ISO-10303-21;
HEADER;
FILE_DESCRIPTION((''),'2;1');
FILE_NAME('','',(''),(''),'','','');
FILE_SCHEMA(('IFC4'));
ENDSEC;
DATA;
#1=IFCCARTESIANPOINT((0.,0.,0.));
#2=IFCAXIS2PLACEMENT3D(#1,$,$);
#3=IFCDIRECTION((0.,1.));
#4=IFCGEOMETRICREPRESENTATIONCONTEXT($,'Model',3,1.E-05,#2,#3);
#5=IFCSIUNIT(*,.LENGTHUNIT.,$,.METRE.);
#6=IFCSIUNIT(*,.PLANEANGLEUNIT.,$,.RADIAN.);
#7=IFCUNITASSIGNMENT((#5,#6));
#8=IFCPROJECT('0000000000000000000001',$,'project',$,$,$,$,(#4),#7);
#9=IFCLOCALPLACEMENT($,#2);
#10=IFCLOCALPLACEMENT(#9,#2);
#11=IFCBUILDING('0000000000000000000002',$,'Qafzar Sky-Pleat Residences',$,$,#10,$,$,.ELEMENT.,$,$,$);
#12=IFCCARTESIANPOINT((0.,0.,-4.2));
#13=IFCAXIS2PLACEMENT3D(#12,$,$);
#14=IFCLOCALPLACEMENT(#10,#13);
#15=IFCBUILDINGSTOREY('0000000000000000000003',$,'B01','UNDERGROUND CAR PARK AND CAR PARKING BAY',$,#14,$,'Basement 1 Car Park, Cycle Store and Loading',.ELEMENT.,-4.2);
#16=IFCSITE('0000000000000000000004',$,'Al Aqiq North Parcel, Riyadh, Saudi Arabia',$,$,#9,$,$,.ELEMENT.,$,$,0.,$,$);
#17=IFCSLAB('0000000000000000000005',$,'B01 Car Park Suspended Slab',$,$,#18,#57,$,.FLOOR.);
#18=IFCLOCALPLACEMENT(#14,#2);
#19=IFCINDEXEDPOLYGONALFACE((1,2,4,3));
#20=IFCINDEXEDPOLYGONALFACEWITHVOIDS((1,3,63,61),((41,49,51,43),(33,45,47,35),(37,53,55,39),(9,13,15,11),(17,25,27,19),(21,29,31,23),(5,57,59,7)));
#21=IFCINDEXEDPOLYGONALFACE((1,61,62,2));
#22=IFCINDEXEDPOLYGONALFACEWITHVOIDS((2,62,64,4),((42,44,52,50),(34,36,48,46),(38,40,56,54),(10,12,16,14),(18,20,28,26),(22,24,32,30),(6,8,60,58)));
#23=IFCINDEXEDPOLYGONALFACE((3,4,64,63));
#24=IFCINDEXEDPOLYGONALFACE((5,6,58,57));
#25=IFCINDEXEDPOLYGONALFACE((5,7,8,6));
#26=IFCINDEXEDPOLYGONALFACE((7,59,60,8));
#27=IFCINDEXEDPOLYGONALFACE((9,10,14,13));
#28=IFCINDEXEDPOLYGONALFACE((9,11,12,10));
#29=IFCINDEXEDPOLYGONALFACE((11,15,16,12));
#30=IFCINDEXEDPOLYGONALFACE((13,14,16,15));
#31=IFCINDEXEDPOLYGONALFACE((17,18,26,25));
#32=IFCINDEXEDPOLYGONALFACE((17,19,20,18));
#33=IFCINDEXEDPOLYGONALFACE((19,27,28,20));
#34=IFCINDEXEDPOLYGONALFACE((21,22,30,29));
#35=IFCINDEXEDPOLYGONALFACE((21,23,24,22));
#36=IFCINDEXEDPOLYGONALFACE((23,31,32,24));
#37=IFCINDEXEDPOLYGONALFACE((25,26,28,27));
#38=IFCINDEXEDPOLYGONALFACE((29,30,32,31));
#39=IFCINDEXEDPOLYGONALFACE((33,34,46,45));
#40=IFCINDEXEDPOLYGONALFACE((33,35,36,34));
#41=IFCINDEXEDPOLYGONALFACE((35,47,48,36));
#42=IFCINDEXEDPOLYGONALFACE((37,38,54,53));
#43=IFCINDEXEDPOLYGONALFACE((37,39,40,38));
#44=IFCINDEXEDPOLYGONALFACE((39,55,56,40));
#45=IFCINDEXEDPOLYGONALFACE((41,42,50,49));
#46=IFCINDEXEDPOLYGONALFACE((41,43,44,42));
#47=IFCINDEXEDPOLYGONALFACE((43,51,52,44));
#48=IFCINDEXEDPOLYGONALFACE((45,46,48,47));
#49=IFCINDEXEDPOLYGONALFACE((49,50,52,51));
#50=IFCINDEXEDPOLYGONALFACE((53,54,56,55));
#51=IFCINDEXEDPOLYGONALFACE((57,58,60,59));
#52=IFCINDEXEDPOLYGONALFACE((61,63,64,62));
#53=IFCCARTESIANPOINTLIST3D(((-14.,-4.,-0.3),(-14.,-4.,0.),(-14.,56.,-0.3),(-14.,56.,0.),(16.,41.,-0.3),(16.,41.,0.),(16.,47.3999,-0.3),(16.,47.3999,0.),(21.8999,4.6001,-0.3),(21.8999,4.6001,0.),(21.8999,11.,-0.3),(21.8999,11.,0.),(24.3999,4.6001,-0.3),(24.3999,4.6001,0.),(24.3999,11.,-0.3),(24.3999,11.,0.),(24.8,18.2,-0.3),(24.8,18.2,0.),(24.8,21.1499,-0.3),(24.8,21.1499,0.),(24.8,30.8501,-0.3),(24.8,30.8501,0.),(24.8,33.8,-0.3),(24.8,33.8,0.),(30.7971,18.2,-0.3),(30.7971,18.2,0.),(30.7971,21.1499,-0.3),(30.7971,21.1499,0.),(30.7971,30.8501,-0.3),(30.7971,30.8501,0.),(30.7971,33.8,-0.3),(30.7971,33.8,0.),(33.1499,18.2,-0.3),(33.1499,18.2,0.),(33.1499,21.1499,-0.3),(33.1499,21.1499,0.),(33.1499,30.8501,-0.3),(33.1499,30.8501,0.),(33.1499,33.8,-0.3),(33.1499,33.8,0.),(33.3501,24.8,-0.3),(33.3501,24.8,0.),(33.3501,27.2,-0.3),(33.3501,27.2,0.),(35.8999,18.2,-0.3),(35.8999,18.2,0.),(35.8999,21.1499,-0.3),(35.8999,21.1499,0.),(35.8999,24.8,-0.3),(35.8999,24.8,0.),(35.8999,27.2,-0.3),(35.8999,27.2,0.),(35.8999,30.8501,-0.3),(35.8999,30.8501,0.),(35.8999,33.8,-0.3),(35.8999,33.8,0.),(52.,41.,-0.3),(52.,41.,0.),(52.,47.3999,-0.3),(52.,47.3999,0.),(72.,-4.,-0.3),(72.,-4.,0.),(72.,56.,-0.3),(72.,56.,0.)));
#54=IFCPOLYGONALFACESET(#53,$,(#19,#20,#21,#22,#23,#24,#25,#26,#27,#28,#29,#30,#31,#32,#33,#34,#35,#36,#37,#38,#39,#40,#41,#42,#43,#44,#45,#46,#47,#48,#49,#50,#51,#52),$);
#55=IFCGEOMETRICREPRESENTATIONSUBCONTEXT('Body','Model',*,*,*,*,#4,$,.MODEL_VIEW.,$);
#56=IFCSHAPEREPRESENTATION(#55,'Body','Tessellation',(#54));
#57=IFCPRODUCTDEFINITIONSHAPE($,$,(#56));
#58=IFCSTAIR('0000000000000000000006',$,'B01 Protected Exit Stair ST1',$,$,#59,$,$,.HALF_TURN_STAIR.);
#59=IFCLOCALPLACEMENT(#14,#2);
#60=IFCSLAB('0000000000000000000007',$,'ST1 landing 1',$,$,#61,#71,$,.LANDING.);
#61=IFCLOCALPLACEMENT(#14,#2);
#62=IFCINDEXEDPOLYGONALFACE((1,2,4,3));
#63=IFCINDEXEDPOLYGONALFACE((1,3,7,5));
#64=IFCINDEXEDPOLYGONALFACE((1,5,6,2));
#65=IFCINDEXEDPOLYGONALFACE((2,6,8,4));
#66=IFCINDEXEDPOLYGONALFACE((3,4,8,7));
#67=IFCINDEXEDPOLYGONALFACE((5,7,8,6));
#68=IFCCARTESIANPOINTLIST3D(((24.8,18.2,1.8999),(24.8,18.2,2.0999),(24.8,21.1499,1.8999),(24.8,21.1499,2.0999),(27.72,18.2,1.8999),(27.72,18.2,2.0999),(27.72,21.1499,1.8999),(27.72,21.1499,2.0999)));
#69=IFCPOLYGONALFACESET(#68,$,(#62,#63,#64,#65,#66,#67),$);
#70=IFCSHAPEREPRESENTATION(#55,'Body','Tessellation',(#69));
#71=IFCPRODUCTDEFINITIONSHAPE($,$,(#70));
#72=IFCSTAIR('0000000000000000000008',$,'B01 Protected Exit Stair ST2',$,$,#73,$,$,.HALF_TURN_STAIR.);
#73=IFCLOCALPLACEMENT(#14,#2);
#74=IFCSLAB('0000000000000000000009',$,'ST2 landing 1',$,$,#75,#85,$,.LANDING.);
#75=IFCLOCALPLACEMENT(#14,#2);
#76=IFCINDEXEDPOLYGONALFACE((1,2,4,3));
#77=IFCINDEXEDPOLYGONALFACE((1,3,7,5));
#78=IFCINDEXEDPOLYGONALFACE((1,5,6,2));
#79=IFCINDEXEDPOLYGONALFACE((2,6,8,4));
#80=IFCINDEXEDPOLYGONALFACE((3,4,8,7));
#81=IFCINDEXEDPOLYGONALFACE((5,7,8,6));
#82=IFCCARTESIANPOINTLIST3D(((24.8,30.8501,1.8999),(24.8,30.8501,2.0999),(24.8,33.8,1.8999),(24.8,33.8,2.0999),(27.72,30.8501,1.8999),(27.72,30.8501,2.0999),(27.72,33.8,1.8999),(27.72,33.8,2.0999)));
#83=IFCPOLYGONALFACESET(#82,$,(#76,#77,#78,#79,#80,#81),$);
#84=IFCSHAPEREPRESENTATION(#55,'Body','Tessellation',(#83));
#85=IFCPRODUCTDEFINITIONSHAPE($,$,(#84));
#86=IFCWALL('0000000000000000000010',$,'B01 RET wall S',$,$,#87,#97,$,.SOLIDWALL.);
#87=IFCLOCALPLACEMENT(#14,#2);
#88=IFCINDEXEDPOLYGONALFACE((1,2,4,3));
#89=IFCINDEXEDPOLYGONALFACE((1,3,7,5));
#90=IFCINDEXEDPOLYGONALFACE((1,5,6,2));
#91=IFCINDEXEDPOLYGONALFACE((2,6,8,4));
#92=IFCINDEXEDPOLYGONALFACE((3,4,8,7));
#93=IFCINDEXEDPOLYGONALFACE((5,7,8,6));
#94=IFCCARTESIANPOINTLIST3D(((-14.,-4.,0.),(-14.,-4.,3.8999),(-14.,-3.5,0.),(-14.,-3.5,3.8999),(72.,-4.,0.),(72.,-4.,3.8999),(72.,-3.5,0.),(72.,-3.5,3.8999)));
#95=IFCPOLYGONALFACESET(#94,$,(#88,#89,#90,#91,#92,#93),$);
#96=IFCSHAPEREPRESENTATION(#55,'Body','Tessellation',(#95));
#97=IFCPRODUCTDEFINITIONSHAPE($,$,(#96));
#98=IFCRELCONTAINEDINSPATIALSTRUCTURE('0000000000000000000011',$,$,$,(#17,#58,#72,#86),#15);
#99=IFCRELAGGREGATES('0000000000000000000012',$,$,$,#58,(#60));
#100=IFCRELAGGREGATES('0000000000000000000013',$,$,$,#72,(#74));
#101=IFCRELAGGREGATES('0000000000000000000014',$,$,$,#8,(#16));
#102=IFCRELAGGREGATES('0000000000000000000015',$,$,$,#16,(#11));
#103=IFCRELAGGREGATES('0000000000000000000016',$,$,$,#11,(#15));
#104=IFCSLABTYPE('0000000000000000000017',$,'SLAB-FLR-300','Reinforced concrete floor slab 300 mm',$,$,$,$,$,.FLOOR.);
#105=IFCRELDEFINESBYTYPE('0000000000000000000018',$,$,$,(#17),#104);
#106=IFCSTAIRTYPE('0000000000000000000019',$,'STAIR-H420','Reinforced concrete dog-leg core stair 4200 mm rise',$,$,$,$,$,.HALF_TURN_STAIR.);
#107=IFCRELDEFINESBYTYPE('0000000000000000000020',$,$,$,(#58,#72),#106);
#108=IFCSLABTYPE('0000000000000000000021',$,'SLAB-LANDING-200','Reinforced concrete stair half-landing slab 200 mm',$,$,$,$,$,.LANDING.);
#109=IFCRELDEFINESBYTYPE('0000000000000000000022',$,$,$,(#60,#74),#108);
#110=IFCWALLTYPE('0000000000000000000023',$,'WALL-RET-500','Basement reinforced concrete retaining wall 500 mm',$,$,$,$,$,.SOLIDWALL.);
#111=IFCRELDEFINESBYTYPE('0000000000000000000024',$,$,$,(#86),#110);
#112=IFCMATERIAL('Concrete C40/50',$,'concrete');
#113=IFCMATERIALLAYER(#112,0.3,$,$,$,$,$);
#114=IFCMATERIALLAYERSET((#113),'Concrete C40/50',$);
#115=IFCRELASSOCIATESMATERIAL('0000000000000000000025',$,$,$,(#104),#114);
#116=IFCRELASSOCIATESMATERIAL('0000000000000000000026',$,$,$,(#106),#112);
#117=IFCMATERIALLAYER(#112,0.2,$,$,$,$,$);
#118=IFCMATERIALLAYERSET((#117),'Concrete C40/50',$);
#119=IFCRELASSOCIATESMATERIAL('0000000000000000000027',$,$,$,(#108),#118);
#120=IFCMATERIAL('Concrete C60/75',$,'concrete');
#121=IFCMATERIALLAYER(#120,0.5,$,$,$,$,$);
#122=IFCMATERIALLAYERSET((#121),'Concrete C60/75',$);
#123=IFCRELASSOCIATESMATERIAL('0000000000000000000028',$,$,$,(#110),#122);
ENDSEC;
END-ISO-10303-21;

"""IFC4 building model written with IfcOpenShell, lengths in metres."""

from ifc_helpers import new_model, si_unit, direction, frame, frame_2d, origin, place, context, subcontext, project, spatial, polyline, rectangle, outline, extrude, material, layer, layer_set, type_object, element, aggregate, save


model = new_model("IFC4")

# Units and contexts
model_context = context("Model", 3, precision=1e-05, world=origin(), true_north=direction((0.0, 1.0)))
body_context = subcontext(model_context, "Body", "Model", "MODEL_VIEW")
ifc_project = project(units=[si_unit("LENGTHUNIT", "METRE"), si_unit("PLANEANGLEUNIT", "RADIAN")], contexts=[model_context])

# Site, building, storey
site_placement = place(None, origin())
site = spatial("IfcSite", under=ifc_project, at=site_placement, Name="Al Aqiq North Parcel, Riyadh, Saudi Arabia", CompositionType="ELEMENT", RefElevation=0.0)
building_placement = place(site_placement, origin())
building = spatial("IfcBuilding", under=site, at=building_placement, Name="Qafzar Sky-Pleat Residences", CompositionType="ELEMENT")
storey_placement = place(building_placement, frame((0.0, 0.0, -4.2)))
storey = spatial("IfcBuildingStorey", under=building, at=storey_placement, Name="B01", Description="UNDERGROUND CAR PARK AND CAR PARKING BAY", LongName="Basement 1 Car Park, Cycle Store and Loading", CompositionType="ELEMENT", Elevation=-4.2)

# Shared definitions
ifc_material_1 = material(Name="Concrete C60/75", Category="concrete")

# Slab
ifc_material_2 = material(Name="Concrete C40/50", Category="concrete")
ifc_layer_1 = layer(ifc_material_2, 0.3)
ifc_layer_set_1 = layer_set([ifc_layer_1], Name="Concrete C40/50")
slab_type_1 = type_object("IfcSlabType", Name="SLAB-FLR-300", Description="Reinforced concrete floor slab 300 mm", PredefinedType="FLOOR", material=ifc_layer_set_1)
slab_1_placement = place(storey_placement, frame((0.0, 0.0, -0.3)))
element("IfcSlab", 1, at=slab_1_placement, inside=storey, type_object=slab_type_1, Name="B01 Car Park Suspended Slab", PredefinedType="FLOOR", context=body_context, shape_type="SweptSolid", body=[
    extrude(outline(polyline([(-14.0, -4.0), (72.0, -4.0), (72.0, 56.0), (-14.0, 56.0), (-14.0, -4.0)]), holes=[polyline([(30.7971, 21.1499), (24.8, 21.1499), (24.8, 18.2), (30.7971, 18.2), (30.7971, 21.1499)]), polyline([(30.7971, 33.8), (24.8, 33.8), (24.8, 30.8501), (30.7971, 30.8501), (30.7971, 33.8)]), polyline([(33.1499, 18.2), (35.8999, 18.2), (35.8999, 21.1499), (33.1499, 21.1499), (33.1499, 18.2)]), polyline([(33.1499, 30.8501), (35.8999, 30.8501), (35.8999, 33.8), (33.1499, 33.8), (33.1499, 30.8501)]), polyline([(33.3501, 24.8), (35.8999, 24.8), (35.8999, 27.2), (33.3501, 27.2), (33.3501, 24.8)]), polyline([(16.0, 41.0), (52.0, 41.0), (52.0, 47.3999), (16.0, 47.3999), (16.0, 41.0)]), polyline([(21.8999, 4.6001), (24.3999, 4.6001), (24.3999, 11.0), (21.8999, 11.0), (21.8999, 4.6001)])]), origin(), (0.0, 0.0, 1.0), 0.3),
])

# Stairs, slabs
stair_type = type_object("IfcStairType", Name="STAIR-H420", Description="Reinforced concrete dog-leg core stair 4200 mm rise", PredefinedType="HALF_TURN_STAIR", material=ifc_material_2)
stair_1_placement = place(storey_placement, origin())
stair_1 = element("IfcStair", 2, at=stair_1_placement, inside=storey, type_object=stair_type, Name="B01 Protected Exit Stair ST1", PredefinedType="HALF_TURN_STAIR")
ifc_layer_2 = layer(ifc_material_2, 0.2)
ifc_layer_set_2 = layer_set([ifc_layer_2], Name="Concrete C40/50")
slab_type_2 = type_object("IfcSlabType", Name="SLAB-LANDING-200", Description="Reinforced concrete stair half-landing slab 200 mm", PredefinedType="LANDING", material=ifc_layer_set_2)
slab_2_placement = place(storey_placement, frame((0.0, 0.0, 1.8999)))
slab_2 = element("IfcSlab", 3, at=slab_2_placement, type_object=slab_type_2, Name="ST1 landing 1", PredefinedType="LANDING", context=body_context, shape_type="SweptSolid", body=[
    extrude(outline(polyline([(27.72, 21.1499), (24.8, 21.1499), (24.8, 18.2), (27.72, 18.2), (27.72, 21.1499)])), origin(), (0.0, 0.0, 1.0), 0.2),
])
aggregate(stair_1, [slab_2])
stair_2_placement = place(storey_placement, origin())
stair_2 = element("IfcStair", 4, at=stair_2_placement, inside=storey, type_object=stair_type, Name="B01 Protected Exit Stair ST2", PredefinedType="HALF_TURN_STAIR")
slab_3_placement = place(storey_placement, frame((0.0, 0.0, 1.8999)))
slab_3 = element("IfcSlab", 5, at=slab_3_placement, type_object=slab_type_2, Name="ST2 landing 1", PredefinedType="LANDING", context=body_context, shape_type="SweptSolid", body=[
    extrude(outline(polyline([(27.72, 33.8), (24.8, 33.8), (24.8, 30.8501), (27.72, 30.8501), (27.72, 33.8)])), origin(), (0.0, 0.0, 1.0), 0.2),
])
aggregate(stair_2, [slab_3])

# Wall
ifc_layer_3 = layer(ifc_material_1, 0.5)
ifc_layer_set_3 = layer_set([ifc_layer_3], Name="Concrete C60/75")
wall_type = type_object("IfcWallType", Name="WALL-RET-500", Description="Basement reinforced concrete retaining wall 500 mm", PredefinedType="SOLIDWALL", material=ifc_layer_set_3)
wall_placement = place(storey_placement, frame((-14.0, -3.75, 0.0), z_axis=(0.0, 0.0, 1.0), x_axis=(1.0, 0.0, 0.0)))
element("IfcWall", 6, at=wall_placement, inside=storey, type_object=wall_type, Name="B01 RET wall S", PredefinedType="SOLIDWALL", context=body_context, shape_type="SweptSolid", body=[
    extrude(rectangle(XDim=86.0, YDim=0.5, at=frame_2d((43.0, 0.0))), origin(), (0.0, 0.0, 1.0), 3.8999),
])

save(model, "model.ifc")
